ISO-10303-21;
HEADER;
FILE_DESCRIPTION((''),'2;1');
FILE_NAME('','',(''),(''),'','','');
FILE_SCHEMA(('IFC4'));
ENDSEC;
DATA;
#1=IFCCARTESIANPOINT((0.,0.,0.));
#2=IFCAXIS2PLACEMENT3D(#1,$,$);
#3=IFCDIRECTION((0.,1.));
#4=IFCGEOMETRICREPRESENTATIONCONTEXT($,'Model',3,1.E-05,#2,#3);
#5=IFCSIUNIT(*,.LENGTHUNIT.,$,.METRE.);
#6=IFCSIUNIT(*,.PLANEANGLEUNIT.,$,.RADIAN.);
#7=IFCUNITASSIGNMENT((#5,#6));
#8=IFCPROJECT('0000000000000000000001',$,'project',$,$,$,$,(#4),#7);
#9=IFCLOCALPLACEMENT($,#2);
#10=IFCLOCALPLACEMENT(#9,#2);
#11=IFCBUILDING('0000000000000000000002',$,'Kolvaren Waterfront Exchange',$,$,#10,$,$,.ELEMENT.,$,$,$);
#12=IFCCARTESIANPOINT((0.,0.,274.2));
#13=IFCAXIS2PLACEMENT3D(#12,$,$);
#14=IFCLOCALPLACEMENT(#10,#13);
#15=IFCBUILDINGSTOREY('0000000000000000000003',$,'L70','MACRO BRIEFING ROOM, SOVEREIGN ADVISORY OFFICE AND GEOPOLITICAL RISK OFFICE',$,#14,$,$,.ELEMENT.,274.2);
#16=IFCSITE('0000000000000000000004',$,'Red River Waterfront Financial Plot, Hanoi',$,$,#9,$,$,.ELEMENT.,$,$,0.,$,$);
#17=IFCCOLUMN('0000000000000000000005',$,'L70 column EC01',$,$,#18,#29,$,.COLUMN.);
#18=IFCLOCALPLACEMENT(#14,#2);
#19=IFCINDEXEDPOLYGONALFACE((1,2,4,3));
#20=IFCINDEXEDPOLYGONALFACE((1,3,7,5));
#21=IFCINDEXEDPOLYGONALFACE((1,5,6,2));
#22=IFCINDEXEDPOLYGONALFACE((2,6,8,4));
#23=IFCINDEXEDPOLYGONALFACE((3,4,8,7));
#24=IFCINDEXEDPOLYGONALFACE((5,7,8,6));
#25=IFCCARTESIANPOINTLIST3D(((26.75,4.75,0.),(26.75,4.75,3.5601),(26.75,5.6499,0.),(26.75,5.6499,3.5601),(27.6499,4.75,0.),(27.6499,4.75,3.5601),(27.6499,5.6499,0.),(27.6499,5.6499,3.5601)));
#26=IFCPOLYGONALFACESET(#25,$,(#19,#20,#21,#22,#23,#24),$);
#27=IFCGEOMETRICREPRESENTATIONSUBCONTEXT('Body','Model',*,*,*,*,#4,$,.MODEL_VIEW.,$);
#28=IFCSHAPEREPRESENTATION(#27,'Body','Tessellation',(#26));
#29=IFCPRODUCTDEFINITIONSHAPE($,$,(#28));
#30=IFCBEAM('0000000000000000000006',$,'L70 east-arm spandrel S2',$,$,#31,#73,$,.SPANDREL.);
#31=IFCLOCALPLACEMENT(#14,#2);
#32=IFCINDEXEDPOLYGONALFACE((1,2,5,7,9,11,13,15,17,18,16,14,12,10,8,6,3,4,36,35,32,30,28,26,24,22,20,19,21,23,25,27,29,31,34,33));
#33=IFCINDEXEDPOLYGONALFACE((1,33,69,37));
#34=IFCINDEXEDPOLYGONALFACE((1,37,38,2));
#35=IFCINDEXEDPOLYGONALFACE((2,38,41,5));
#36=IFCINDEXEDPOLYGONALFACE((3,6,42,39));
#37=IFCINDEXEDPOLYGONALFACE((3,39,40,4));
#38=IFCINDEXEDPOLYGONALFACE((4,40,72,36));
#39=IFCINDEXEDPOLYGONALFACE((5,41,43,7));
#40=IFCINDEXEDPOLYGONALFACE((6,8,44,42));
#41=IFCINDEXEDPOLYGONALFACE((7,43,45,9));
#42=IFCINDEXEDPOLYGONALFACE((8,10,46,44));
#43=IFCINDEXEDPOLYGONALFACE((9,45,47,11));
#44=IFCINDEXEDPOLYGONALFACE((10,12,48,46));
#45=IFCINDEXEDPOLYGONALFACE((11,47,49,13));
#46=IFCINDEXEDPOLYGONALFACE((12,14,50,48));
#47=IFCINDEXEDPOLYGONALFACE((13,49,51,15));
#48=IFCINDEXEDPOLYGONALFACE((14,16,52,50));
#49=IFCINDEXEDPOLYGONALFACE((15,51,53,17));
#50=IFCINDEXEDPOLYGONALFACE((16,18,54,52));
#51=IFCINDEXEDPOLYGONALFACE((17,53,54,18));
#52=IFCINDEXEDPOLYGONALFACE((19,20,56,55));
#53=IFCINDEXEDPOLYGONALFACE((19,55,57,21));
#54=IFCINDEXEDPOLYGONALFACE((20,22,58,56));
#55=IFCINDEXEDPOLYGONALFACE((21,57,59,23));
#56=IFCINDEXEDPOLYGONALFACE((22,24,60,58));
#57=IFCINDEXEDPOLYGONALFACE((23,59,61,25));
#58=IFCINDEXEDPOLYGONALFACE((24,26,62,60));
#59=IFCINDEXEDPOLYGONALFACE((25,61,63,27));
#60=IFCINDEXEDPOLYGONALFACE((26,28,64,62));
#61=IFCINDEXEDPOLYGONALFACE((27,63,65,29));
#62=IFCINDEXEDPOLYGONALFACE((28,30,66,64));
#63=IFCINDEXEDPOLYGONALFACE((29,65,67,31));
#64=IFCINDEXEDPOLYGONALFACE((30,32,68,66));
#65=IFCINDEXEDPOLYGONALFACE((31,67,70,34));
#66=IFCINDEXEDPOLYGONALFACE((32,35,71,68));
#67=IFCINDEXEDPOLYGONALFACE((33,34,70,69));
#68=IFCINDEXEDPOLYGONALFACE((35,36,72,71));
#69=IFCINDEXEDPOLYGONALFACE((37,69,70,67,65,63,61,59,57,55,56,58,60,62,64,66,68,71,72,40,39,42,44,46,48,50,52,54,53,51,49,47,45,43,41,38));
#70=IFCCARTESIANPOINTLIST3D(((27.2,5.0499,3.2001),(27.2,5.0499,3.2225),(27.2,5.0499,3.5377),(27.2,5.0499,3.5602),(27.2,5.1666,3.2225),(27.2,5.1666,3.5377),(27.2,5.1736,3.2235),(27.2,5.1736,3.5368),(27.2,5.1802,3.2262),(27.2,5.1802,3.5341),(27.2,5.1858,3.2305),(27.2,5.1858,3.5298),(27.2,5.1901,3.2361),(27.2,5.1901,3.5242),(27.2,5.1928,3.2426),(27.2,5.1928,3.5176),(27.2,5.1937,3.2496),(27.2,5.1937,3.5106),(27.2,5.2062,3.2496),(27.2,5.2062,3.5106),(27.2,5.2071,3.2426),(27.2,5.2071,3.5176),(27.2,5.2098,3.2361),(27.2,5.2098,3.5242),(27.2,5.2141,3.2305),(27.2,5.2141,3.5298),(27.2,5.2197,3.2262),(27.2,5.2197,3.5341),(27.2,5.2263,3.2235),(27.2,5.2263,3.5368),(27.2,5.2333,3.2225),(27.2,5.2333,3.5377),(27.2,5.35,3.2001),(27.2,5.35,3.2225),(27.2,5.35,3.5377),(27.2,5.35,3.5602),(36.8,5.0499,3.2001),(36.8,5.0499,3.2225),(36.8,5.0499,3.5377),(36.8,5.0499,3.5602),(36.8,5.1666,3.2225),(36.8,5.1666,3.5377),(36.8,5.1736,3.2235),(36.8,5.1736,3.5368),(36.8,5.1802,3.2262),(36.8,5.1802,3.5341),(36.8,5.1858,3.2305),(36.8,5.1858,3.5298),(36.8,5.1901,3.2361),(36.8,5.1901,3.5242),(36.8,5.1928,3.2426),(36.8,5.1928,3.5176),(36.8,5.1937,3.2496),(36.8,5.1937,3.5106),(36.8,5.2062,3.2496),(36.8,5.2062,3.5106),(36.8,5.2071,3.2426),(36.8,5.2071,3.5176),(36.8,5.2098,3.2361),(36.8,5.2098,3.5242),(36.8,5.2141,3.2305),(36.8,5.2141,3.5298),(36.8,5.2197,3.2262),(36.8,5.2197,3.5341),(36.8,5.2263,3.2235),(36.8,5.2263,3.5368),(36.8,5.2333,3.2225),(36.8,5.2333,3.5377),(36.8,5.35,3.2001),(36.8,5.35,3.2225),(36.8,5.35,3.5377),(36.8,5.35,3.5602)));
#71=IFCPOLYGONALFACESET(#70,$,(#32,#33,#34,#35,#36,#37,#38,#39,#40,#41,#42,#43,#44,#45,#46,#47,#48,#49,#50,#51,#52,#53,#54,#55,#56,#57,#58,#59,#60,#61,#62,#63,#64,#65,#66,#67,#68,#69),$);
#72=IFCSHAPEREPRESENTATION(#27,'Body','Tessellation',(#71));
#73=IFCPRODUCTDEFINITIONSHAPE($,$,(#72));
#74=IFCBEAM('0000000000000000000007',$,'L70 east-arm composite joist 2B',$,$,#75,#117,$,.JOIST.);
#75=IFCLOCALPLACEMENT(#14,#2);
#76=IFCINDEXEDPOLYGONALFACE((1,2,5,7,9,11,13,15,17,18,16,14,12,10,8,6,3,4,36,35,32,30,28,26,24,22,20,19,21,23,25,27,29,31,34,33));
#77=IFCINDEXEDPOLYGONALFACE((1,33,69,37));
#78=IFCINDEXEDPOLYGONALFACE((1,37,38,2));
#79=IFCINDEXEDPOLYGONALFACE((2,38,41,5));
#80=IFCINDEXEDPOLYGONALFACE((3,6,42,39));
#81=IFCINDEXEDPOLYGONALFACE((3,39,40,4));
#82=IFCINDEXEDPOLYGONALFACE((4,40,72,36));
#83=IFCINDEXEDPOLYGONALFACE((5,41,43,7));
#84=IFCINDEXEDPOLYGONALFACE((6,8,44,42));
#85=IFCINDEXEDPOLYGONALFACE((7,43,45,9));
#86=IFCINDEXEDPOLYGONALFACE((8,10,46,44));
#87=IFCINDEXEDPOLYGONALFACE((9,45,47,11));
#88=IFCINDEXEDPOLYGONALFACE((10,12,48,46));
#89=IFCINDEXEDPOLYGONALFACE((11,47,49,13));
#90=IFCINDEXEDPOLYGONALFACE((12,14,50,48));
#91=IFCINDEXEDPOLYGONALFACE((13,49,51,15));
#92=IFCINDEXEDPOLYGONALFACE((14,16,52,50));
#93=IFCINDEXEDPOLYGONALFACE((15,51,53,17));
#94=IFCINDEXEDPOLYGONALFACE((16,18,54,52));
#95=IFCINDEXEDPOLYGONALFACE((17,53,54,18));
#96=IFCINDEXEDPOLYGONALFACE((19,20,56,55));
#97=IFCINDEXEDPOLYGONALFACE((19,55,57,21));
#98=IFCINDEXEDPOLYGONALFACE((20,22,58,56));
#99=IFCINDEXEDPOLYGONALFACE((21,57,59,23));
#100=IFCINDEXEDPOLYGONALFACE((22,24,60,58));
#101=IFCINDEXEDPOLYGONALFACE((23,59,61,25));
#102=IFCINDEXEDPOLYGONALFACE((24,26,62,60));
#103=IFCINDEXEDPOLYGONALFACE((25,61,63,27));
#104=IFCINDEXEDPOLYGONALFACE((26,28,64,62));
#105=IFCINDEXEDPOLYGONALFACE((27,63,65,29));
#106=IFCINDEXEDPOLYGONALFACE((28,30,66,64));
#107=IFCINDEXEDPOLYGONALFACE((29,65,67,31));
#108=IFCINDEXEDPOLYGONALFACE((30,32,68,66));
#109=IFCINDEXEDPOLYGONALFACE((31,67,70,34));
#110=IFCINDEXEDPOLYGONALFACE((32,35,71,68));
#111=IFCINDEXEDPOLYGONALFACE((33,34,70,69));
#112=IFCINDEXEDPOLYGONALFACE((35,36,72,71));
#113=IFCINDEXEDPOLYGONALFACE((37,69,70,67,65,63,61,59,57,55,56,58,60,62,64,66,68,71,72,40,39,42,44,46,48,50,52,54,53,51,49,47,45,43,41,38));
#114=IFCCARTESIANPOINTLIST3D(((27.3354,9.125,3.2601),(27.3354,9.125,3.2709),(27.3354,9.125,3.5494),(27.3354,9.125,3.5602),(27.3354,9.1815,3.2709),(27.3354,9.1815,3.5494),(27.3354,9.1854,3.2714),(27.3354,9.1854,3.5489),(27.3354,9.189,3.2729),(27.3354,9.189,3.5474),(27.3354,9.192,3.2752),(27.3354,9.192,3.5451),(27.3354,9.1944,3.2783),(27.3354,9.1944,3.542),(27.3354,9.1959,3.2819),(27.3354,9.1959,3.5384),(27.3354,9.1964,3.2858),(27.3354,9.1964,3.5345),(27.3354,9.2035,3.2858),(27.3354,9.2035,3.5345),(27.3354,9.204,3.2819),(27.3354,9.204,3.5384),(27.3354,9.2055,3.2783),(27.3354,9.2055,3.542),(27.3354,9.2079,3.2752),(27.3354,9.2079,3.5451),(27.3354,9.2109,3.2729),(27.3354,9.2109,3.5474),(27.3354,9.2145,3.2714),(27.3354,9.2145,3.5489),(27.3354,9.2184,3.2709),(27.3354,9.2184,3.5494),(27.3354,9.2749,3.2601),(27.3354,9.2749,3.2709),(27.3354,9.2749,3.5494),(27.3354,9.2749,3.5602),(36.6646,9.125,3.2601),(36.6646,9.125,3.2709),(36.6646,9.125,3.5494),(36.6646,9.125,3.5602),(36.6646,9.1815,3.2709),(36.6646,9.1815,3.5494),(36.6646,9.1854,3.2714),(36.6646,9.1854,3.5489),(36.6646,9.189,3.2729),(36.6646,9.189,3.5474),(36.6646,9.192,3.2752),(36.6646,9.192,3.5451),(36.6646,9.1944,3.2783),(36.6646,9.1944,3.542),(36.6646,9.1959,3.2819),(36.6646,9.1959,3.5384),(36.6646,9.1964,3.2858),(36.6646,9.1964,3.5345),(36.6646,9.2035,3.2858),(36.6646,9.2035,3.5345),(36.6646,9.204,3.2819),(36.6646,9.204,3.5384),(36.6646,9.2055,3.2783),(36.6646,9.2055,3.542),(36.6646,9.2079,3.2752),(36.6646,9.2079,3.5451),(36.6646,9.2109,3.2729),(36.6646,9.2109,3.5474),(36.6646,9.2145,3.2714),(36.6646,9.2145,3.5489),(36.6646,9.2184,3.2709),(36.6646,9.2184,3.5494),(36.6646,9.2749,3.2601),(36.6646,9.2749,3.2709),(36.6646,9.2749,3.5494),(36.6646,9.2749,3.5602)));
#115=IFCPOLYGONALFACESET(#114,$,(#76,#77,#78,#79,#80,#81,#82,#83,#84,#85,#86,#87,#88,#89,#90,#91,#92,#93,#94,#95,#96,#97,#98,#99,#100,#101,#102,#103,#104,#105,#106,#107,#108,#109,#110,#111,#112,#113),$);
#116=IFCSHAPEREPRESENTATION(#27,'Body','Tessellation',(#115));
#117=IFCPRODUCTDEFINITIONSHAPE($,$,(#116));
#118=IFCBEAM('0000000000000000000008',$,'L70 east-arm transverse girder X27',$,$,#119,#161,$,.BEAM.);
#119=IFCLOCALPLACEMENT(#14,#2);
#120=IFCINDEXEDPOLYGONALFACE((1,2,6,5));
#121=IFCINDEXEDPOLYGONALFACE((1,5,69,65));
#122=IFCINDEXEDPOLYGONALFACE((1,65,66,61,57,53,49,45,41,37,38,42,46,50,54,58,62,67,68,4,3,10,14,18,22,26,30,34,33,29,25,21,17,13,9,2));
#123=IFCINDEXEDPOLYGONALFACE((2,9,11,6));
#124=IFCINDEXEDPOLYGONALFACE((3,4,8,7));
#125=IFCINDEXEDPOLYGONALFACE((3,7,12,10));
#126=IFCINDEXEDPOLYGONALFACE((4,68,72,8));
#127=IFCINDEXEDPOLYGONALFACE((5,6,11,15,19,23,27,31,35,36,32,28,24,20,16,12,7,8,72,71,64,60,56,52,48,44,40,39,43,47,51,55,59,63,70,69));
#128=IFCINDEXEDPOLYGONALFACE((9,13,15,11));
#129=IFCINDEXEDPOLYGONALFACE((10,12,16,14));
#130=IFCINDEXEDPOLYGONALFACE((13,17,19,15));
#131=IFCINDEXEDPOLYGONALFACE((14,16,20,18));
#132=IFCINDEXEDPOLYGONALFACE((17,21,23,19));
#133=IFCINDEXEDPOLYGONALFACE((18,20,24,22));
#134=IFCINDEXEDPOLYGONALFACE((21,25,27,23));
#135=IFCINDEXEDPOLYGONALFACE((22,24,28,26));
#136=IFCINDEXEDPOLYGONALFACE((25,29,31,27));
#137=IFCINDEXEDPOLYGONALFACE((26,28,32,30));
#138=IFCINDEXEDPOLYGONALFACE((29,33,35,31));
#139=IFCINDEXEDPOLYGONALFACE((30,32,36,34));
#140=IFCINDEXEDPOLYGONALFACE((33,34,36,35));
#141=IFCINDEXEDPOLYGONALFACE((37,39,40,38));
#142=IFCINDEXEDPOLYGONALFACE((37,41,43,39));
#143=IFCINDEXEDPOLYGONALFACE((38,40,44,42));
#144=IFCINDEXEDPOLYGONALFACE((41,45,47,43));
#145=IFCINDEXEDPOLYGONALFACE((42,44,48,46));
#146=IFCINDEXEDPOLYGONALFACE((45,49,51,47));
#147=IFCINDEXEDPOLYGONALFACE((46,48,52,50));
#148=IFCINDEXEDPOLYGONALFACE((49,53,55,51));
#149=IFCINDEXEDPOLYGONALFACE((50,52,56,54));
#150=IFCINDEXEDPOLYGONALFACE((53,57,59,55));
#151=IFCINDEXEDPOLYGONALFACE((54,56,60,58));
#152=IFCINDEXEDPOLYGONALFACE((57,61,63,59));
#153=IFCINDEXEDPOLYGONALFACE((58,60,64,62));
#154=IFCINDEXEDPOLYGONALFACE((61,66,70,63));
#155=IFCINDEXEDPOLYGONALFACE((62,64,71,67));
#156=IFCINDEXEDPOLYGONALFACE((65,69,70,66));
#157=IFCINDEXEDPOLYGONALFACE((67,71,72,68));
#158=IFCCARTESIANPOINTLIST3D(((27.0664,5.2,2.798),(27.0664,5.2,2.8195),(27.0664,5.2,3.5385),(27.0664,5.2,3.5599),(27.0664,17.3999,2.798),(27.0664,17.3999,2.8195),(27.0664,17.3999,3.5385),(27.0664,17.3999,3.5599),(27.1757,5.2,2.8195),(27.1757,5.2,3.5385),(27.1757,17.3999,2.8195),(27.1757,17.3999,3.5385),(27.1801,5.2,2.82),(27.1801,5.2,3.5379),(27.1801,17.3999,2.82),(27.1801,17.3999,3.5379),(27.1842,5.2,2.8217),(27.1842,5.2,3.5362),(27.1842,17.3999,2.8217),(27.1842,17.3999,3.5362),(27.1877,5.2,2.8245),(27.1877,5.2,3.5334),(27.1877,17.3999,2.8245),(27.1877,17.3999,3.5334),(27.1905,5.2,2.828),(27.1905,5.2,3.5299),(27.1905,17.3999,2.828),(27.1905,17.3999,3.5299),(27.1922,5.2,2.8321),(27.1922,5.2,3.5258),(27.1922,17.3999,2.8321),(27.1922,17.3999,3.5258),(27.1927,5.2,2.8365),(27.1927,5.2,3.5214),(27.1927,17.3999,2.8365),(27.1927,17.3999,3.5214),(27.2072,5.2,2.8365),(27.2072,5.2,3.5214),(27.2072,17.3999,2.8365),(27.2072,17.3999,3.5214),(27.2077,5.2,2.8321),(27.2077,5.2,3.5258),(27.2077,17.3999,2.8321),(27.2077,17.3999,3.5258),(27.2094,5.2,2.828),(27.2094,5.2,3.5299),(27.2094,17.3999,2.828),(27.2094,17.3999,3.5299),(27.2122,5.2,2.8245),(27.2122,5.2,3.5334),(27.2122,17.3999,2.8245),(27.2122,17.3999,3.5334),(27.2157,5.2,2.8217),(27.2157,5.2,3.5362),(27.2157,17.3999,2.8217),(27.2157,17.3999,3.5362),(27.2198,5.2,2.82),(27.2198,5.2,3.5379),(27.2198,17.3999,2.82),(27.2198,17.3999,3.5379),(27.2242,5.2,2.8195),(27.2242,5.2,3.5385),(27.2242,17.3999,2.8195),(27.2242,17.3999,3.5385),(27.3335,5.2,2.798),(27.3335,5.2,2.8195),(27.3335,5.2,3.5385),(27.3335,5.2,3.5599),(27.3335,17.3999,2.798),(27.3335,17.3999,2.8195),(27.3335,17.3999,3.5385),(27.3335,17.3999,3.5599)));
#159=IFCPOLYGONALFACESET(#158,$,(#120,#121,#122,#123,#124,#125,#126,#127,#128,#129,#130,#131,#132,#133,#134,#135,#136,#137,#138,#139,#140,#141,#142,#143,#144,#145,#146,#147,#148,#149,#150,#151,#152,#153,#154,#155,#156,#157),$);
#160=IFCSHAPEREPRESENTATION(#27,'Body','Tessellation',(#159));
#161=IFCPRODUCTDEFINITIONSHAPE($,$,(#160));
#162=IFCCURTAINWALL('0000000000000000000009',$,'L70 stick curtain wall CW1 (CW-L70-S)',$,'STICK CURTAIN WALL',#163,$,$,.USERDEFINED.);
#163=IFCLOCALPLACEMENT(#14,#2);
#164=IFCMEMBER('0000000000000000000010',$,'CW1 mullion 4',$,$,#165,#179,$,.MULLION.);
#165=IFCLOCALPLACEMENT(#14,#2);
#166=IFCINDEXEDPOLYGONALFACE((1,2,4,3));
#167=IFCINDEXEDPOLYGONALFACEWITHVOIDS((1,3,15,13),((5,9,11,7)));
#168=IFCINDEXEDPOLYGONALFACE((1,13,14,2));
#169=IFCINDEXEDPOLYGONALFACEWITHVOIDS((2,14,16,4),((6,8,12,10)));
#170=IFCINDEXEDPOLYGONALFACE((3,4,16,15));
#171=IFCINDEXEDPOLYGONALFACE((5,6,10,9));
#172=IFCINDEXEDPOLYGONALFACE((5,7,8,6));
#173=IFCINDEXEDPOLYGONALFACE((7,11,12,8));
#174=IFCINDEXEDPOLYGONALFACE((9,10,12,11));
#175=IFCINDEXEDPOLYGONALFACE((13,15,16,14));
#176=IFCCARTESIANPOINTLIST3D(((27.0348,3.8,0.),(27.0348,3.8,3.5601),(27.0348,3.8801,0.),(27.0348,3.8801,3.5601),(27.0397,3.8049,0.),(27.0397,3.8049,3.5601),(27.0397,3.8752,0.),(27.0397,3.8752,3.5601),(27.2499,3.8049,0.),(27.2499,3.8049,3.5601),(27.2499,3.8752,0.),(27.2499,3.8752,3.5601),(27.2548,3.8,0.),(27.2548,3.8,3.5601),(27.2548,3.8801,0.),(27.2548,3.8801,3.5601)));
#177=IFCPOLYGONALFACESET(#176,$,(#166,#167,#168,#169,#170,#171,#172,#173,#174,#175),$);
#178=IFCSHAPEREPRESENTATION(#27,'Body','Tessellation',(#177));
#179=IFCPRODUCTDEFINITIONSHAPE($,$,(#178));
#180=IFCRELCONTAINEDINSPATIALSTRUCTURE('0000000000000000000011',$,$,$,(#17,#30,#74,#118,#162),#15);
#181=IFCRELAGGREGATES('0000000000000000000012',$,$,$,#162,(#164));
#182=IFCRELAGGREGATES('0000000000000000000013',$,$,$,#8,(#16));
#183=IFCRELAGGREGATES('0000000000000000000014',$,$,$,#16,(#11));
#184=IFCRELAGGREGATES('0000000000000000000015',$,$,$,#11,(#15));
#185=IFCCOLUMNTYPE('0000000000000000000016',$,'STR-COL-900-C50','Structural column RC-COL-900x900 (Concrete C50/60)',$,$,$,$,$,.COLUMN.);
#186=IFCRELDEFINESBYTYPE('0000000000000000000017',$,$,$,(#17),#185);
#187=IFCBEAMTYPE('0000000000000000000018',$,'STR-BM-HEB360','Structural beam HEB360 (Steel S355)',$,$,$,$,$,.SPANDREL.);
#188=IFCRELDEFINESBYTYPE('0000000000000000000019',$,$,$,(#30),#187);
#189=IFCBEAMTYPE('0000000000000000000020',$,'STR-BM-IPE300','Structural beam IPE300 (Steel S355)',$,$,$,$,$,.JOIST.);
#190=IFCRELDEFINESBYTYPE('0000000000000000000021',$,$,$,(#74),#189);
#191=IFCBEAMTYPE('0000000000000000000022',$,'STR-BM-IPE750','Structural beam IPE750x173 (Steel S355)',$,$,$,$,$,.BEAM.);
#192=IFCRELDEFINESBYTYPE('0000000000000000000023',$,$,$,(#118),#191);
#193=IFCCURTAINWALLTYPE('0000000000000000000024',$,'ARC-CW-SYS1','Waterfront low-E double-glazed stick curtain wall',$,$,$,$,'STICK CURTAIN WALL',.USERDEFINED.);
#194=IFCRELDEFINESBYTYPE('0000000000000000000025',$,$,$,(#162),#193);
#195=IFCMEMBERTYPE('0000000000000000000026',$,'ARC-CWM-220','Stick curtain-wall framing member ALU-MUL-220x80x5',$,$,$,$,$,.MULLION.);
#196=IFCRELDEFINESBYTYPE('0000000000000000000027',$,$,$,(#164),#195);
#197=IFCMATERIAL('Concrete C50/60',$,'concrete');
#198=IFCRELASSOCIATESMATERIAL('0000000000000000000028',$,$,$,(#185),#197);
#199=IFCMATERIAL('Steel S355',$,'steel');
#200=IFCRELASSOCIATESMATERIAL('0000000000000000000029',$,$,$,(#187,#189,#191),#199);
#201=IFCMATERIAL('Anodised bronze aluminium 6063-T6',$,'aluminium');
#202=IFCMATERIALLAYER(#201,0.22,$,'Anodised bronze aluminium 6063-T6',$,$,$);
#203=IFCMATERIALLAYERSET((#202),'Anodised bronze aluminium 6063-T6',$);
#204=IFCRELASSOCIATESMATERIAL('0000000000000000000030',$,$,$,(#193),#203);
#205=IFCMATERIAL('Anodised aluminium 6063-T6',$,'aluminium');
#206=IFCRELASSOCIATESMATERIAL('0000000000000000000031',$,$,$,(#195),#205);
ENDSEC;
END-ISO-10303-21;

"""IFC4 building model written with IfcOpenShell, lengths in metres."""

from ifc_helpers import new_model, si_unit, direction, frame, origin, origin_with_axes, origin_2d, place, context, subcontext, project, spatial, rectangle, hollow_rectangle, i_section, extrude, source, transform, mapped, material, layer, layer_set, material_profile, profile_set, type_object, element, aggregate, save


model = new_model("IFC4")

# Units and contexts
model_context = context("Model", 3, precision=1e-05, world=origin(), true_north=direction((0.0, 1.0)))
body_context = subcontext(model_context, "Body", "Model", "MODEL_VIEW")
ifc_project = project(units=[si_unit("LENGTHUNIT", "METRE"), si_unit("PLANEANGLEUNIT", "RADIAN")], contexts=[model_context])

# Site, building, storey
site_placement = place(None, origin())
site = spatial("IfcSite", under=ifc_project, at=site_placement, Name="Red River Waterfront Financial Plot, Hanoi", CompositionType="ELEMENT", RefElevation=0.0)
building_placement = place(site_placement, origin())
building = spatial("IfcBuilding", under=site, at=building_placement, Name="Kolvaren Waterfront Exchange", CompositionType="ELEMENT")
storey_placement = place(building_placement, frame((0.0, 0.0, 274.2)))
storey = spatial("IfcBuildingStorey", under=building, at=storey_placement, Name="L70", Description="MACRO BRIEFING ROOM, SOVEREIGN ADVISORY OFFICE AND GEOPOLITICAL RISK OFFICE", CompositionType="ELEMENT", Elevation=274.2)

# Column
ifc_material_1 = material(Name="Concrete C50/60", Category="concrete")
ifc_material_profile_1 = material_profile(ifc_material_1, rectangle(XDim=0.8999, YDim=0.8999, at=origin_2d()), Name="RC-COL-900x900")
ifc_profile_set_1 = profile_set([ifc_material_profile_1], Name="Concrete C50/60")
column_type = type_object("IfcColumnType", Name="STR-COL-900-C50", Description="Structural column RC-COL-900x900 (Concrete C50/60)", PredefinedType="COLUMN", material=ifc_profile_set_1)
column_placement = place(storey_placement, frame((27.2, 5.2, 0.0), z_axis=(0.0, 0.0, 1.0), x_axis=(1.0, 0.0, 0.0)))
element("IfcColumn", 1, at=column_placement, inside=storey, type_object=column_type, Name="L70 column EC01", PredefinedType="COLUMN", context=body_context, shape_type="SweptSolid", body=[
    extrude(rectangle(XDim=0.8999, YDim=0.8999, at=origin_2d()), origin(), (0.0, 0.0, 1.0), 3.5601),
])

# Beams
ifc_material_2 = material(Name="Steel S355", Category="steel")
ifc_material_profile_2 = material_profile(ifc_material_2, i_section(OverallWidth=0.3, OverallDepth=0.3601, WebThickness=0.0125, FlangeThickness=0.0225, FilletRadius=0.0271, at=origin_2d()), Name="HEB360")
ifc_profile_set_2 = profile_set([ifc_material_profile_2], Name="Steel S355")
beam_type_1 = type_object("IfcBeamType", Name="STR-BM-HEB360", Description="Structural beam HEB360 (Steel S355)", PredefinedType="SPANDREL", material=ifc_profile_set_2)
beam_1_placement = place(storey_placement, frame((27.2, 5.2, 3.3801), z_axis=(1.0, 0.0, 0.0), x_axis=(0.0, 1.0, 0.0)))
element("IfcBeam", 2, at=beam_1_placement, inside=storey, type_object=beam_type_1, Name="L70 east-arm spandrel S2", PredefinedType="SPANDREL", context=body_context, shape_type="SweptSolid", body=[
    extrude(i_section(OverallWidth=0.3, OverallDepth=0.3601, WebThickness=0.0125, FlangeThickness=0.0225, FilletRadius=0.0271, at=origin_2d()), origin(), (0.0, 0.0, 1.0), 9.6001),
])
ifc_material_profile_3 = material_profile(ifc_material_2, i_section(OverallWidth=0.1499, OverallDepth=0.3, WebThickness=0.0071, FlangeThickness=0.0107, FilletRadius=0.0149, at=origin_2d()), Name="IPE300")
ifc_profile_set_3 = profile_set([ifc_material_profile_3], Name="Steel S355")
beam_type_2 = type_object("IfcBeamType", Name="STR-BM-IPE300", Description="Structural beam IPE300 (Steel S355)", PredefinedType="JOIST", material=ifc_profile_set_3)
beam_2_placement = place(storey_placement, frame((27.3354, 9.2, 3.4102), z_axis=(1.0, 0.0, 0.0), x_axis=(0.0, 1.0, 0.0)))
element("IfcBeam", 3, at=beam_2_placement, inside=storey, type_object=beam_type_2, Name="L70 east-arm composite joist 2B", PredefinedType="JOIST", context=body_context, shape_type="SweptSolid", body=[
    extrude(i_section(OverallWidth=0.1499, OverallDepth=0.3, WebThickness=0.0071, FlangeThickness=0.0107, FilletRadius=0.0149, at=origin_2d()), origin(), (0.0, 0.0, 1.0), 9.3291),
])
ifc_material_profile_4 = material_profile(ifc_material_2, i_section(OverallWidth=0.2671, OverallDepth=0.762, WebThickness=0.0144, FlangeThickness=0.0215, FilletRadius=0.0171, at=origin_2d()), Name="IPE750x173")
ifc_profile_set_4 = profile_set([ifc_material_profile_4], Name="Steel S355")
beam_type_3 = type_object("IfcBeamType", Name="STR-BM-IPE750", Description="Structural beam IPE750x173 (Steel S355)", PredefinedType="BEAM", material=ifc_profile_set_4)
beam_3_placement = place(storey_placement, frame((27.2, 5.2, 3.179), z_axis=(0.0, 1.0, 0.0), x_axis=(-1.0, 0.0, 0.0)))
element("IfcBeam", 4, at=beam_3_placement, inside=storey, type_object=beam_type_3, Name="L70 east-arm transverse girder X27", PredefinedType="BEAM", context=body_context, shape_type="SweptSolid", body=[
    extrude(i_section(OverallWidth=0.2671, OverallDepth=0.762, WebThickness=0.0144, FlangeThickness=0.0215, FilletRadius=0.0171, at=origin_2d()), origin(), (0.0, 0.0, 1.0), 12.2),
])

# Curtain wall, member
ifc_material_3 = material(Name="Anodised bronze aluminium 6063-T6", Category="aluminium")
ifc_layer_1 = layer(ifc_material_3, 0.22, Name="Anodised bronze aluminium 6063-T6")
ifc_layer_set_1 = layer_set([ifc_layer_1], Name="Anodised bronze aluminium 6063-T6")
curtain_wall_type = type_object("IfcCurtainWallType", Name="ARC-CW-SYS1", Description="Waterfront low-E double-glazed stick curtain wall", ElementType="STICK CURTAIN WALL", PredefinedType="USERDEFINED", material=ifc_layer_set_1)
curtain_wall_placement = place(storey_placement, origin())
curtain_wall = element("IfcCurtainWall", 5, at=curtain_wall_placement, inside=storey, type_object=curtain_wall_type, Name="L70 stick curtain wall CW1 (CW-L70-S)", ObjectType="STICK CURTAIN WALL", PredefinedType="USERDEFINED")
ifc_material_4 = material(Name="Anodised aluminium 6063-T6", Category="aluminium")
ifc_material_profile_5 = material_profile(ifc_material_4, hollow_rectangle(XDim=0.0801, YDim=0.22, WallThickness=0.0049, at=origin_2d()), Name="ALU-MUL-220x80x5")
ifc_profile_set_5 = profile_set([ifc_material_profile_5], Name="Anodised aluminium 6063-T6")
member_type_1 = type_object("IfcMemberType", Name="ARC-CWM-220", Description="Stick curtain-wall framing member ALU-MUL-220x80x5", PredefinedType="MULLION", material=ifc_profile_set_5)
shared_shape_1 = source(origin_with_axes(), body_context, "Body", "SweptSolid", [
    extrude(hollow_rectangle(XDim=0.0801, YDim=0.22, WallThickness=0.0049, at=origin_2d()), origin(), (0.0, 0.0, 1.0), 3.5601),
])
member_1_placement = place(storey_placement, frame((27.1448, 3.8401, 0.0), z_axis=(0.0, 0.0, 1.0), x_axis=(0.0, 1.0, 0.0)))
member_1 = element("IfcMember", 6, at=member_1_placement, type_object=member_type_1, Name="CW1 mullion 4", PredefinedType="MULLION", context=body_context, shape_type="MappedRepresentation", body=[
    mapped(shared_shape_1, transform((0.0, 0.0, 0.0), x_axis=(1.0, 0.0, 0.0), y_axis=(0.0, 1.0, 0.0), z_axis=(0.0, 0.0, 1.0), scale=1.0)),
])
aggregate(curtain_wall, [member_1])

save(model, "model.ifc")
